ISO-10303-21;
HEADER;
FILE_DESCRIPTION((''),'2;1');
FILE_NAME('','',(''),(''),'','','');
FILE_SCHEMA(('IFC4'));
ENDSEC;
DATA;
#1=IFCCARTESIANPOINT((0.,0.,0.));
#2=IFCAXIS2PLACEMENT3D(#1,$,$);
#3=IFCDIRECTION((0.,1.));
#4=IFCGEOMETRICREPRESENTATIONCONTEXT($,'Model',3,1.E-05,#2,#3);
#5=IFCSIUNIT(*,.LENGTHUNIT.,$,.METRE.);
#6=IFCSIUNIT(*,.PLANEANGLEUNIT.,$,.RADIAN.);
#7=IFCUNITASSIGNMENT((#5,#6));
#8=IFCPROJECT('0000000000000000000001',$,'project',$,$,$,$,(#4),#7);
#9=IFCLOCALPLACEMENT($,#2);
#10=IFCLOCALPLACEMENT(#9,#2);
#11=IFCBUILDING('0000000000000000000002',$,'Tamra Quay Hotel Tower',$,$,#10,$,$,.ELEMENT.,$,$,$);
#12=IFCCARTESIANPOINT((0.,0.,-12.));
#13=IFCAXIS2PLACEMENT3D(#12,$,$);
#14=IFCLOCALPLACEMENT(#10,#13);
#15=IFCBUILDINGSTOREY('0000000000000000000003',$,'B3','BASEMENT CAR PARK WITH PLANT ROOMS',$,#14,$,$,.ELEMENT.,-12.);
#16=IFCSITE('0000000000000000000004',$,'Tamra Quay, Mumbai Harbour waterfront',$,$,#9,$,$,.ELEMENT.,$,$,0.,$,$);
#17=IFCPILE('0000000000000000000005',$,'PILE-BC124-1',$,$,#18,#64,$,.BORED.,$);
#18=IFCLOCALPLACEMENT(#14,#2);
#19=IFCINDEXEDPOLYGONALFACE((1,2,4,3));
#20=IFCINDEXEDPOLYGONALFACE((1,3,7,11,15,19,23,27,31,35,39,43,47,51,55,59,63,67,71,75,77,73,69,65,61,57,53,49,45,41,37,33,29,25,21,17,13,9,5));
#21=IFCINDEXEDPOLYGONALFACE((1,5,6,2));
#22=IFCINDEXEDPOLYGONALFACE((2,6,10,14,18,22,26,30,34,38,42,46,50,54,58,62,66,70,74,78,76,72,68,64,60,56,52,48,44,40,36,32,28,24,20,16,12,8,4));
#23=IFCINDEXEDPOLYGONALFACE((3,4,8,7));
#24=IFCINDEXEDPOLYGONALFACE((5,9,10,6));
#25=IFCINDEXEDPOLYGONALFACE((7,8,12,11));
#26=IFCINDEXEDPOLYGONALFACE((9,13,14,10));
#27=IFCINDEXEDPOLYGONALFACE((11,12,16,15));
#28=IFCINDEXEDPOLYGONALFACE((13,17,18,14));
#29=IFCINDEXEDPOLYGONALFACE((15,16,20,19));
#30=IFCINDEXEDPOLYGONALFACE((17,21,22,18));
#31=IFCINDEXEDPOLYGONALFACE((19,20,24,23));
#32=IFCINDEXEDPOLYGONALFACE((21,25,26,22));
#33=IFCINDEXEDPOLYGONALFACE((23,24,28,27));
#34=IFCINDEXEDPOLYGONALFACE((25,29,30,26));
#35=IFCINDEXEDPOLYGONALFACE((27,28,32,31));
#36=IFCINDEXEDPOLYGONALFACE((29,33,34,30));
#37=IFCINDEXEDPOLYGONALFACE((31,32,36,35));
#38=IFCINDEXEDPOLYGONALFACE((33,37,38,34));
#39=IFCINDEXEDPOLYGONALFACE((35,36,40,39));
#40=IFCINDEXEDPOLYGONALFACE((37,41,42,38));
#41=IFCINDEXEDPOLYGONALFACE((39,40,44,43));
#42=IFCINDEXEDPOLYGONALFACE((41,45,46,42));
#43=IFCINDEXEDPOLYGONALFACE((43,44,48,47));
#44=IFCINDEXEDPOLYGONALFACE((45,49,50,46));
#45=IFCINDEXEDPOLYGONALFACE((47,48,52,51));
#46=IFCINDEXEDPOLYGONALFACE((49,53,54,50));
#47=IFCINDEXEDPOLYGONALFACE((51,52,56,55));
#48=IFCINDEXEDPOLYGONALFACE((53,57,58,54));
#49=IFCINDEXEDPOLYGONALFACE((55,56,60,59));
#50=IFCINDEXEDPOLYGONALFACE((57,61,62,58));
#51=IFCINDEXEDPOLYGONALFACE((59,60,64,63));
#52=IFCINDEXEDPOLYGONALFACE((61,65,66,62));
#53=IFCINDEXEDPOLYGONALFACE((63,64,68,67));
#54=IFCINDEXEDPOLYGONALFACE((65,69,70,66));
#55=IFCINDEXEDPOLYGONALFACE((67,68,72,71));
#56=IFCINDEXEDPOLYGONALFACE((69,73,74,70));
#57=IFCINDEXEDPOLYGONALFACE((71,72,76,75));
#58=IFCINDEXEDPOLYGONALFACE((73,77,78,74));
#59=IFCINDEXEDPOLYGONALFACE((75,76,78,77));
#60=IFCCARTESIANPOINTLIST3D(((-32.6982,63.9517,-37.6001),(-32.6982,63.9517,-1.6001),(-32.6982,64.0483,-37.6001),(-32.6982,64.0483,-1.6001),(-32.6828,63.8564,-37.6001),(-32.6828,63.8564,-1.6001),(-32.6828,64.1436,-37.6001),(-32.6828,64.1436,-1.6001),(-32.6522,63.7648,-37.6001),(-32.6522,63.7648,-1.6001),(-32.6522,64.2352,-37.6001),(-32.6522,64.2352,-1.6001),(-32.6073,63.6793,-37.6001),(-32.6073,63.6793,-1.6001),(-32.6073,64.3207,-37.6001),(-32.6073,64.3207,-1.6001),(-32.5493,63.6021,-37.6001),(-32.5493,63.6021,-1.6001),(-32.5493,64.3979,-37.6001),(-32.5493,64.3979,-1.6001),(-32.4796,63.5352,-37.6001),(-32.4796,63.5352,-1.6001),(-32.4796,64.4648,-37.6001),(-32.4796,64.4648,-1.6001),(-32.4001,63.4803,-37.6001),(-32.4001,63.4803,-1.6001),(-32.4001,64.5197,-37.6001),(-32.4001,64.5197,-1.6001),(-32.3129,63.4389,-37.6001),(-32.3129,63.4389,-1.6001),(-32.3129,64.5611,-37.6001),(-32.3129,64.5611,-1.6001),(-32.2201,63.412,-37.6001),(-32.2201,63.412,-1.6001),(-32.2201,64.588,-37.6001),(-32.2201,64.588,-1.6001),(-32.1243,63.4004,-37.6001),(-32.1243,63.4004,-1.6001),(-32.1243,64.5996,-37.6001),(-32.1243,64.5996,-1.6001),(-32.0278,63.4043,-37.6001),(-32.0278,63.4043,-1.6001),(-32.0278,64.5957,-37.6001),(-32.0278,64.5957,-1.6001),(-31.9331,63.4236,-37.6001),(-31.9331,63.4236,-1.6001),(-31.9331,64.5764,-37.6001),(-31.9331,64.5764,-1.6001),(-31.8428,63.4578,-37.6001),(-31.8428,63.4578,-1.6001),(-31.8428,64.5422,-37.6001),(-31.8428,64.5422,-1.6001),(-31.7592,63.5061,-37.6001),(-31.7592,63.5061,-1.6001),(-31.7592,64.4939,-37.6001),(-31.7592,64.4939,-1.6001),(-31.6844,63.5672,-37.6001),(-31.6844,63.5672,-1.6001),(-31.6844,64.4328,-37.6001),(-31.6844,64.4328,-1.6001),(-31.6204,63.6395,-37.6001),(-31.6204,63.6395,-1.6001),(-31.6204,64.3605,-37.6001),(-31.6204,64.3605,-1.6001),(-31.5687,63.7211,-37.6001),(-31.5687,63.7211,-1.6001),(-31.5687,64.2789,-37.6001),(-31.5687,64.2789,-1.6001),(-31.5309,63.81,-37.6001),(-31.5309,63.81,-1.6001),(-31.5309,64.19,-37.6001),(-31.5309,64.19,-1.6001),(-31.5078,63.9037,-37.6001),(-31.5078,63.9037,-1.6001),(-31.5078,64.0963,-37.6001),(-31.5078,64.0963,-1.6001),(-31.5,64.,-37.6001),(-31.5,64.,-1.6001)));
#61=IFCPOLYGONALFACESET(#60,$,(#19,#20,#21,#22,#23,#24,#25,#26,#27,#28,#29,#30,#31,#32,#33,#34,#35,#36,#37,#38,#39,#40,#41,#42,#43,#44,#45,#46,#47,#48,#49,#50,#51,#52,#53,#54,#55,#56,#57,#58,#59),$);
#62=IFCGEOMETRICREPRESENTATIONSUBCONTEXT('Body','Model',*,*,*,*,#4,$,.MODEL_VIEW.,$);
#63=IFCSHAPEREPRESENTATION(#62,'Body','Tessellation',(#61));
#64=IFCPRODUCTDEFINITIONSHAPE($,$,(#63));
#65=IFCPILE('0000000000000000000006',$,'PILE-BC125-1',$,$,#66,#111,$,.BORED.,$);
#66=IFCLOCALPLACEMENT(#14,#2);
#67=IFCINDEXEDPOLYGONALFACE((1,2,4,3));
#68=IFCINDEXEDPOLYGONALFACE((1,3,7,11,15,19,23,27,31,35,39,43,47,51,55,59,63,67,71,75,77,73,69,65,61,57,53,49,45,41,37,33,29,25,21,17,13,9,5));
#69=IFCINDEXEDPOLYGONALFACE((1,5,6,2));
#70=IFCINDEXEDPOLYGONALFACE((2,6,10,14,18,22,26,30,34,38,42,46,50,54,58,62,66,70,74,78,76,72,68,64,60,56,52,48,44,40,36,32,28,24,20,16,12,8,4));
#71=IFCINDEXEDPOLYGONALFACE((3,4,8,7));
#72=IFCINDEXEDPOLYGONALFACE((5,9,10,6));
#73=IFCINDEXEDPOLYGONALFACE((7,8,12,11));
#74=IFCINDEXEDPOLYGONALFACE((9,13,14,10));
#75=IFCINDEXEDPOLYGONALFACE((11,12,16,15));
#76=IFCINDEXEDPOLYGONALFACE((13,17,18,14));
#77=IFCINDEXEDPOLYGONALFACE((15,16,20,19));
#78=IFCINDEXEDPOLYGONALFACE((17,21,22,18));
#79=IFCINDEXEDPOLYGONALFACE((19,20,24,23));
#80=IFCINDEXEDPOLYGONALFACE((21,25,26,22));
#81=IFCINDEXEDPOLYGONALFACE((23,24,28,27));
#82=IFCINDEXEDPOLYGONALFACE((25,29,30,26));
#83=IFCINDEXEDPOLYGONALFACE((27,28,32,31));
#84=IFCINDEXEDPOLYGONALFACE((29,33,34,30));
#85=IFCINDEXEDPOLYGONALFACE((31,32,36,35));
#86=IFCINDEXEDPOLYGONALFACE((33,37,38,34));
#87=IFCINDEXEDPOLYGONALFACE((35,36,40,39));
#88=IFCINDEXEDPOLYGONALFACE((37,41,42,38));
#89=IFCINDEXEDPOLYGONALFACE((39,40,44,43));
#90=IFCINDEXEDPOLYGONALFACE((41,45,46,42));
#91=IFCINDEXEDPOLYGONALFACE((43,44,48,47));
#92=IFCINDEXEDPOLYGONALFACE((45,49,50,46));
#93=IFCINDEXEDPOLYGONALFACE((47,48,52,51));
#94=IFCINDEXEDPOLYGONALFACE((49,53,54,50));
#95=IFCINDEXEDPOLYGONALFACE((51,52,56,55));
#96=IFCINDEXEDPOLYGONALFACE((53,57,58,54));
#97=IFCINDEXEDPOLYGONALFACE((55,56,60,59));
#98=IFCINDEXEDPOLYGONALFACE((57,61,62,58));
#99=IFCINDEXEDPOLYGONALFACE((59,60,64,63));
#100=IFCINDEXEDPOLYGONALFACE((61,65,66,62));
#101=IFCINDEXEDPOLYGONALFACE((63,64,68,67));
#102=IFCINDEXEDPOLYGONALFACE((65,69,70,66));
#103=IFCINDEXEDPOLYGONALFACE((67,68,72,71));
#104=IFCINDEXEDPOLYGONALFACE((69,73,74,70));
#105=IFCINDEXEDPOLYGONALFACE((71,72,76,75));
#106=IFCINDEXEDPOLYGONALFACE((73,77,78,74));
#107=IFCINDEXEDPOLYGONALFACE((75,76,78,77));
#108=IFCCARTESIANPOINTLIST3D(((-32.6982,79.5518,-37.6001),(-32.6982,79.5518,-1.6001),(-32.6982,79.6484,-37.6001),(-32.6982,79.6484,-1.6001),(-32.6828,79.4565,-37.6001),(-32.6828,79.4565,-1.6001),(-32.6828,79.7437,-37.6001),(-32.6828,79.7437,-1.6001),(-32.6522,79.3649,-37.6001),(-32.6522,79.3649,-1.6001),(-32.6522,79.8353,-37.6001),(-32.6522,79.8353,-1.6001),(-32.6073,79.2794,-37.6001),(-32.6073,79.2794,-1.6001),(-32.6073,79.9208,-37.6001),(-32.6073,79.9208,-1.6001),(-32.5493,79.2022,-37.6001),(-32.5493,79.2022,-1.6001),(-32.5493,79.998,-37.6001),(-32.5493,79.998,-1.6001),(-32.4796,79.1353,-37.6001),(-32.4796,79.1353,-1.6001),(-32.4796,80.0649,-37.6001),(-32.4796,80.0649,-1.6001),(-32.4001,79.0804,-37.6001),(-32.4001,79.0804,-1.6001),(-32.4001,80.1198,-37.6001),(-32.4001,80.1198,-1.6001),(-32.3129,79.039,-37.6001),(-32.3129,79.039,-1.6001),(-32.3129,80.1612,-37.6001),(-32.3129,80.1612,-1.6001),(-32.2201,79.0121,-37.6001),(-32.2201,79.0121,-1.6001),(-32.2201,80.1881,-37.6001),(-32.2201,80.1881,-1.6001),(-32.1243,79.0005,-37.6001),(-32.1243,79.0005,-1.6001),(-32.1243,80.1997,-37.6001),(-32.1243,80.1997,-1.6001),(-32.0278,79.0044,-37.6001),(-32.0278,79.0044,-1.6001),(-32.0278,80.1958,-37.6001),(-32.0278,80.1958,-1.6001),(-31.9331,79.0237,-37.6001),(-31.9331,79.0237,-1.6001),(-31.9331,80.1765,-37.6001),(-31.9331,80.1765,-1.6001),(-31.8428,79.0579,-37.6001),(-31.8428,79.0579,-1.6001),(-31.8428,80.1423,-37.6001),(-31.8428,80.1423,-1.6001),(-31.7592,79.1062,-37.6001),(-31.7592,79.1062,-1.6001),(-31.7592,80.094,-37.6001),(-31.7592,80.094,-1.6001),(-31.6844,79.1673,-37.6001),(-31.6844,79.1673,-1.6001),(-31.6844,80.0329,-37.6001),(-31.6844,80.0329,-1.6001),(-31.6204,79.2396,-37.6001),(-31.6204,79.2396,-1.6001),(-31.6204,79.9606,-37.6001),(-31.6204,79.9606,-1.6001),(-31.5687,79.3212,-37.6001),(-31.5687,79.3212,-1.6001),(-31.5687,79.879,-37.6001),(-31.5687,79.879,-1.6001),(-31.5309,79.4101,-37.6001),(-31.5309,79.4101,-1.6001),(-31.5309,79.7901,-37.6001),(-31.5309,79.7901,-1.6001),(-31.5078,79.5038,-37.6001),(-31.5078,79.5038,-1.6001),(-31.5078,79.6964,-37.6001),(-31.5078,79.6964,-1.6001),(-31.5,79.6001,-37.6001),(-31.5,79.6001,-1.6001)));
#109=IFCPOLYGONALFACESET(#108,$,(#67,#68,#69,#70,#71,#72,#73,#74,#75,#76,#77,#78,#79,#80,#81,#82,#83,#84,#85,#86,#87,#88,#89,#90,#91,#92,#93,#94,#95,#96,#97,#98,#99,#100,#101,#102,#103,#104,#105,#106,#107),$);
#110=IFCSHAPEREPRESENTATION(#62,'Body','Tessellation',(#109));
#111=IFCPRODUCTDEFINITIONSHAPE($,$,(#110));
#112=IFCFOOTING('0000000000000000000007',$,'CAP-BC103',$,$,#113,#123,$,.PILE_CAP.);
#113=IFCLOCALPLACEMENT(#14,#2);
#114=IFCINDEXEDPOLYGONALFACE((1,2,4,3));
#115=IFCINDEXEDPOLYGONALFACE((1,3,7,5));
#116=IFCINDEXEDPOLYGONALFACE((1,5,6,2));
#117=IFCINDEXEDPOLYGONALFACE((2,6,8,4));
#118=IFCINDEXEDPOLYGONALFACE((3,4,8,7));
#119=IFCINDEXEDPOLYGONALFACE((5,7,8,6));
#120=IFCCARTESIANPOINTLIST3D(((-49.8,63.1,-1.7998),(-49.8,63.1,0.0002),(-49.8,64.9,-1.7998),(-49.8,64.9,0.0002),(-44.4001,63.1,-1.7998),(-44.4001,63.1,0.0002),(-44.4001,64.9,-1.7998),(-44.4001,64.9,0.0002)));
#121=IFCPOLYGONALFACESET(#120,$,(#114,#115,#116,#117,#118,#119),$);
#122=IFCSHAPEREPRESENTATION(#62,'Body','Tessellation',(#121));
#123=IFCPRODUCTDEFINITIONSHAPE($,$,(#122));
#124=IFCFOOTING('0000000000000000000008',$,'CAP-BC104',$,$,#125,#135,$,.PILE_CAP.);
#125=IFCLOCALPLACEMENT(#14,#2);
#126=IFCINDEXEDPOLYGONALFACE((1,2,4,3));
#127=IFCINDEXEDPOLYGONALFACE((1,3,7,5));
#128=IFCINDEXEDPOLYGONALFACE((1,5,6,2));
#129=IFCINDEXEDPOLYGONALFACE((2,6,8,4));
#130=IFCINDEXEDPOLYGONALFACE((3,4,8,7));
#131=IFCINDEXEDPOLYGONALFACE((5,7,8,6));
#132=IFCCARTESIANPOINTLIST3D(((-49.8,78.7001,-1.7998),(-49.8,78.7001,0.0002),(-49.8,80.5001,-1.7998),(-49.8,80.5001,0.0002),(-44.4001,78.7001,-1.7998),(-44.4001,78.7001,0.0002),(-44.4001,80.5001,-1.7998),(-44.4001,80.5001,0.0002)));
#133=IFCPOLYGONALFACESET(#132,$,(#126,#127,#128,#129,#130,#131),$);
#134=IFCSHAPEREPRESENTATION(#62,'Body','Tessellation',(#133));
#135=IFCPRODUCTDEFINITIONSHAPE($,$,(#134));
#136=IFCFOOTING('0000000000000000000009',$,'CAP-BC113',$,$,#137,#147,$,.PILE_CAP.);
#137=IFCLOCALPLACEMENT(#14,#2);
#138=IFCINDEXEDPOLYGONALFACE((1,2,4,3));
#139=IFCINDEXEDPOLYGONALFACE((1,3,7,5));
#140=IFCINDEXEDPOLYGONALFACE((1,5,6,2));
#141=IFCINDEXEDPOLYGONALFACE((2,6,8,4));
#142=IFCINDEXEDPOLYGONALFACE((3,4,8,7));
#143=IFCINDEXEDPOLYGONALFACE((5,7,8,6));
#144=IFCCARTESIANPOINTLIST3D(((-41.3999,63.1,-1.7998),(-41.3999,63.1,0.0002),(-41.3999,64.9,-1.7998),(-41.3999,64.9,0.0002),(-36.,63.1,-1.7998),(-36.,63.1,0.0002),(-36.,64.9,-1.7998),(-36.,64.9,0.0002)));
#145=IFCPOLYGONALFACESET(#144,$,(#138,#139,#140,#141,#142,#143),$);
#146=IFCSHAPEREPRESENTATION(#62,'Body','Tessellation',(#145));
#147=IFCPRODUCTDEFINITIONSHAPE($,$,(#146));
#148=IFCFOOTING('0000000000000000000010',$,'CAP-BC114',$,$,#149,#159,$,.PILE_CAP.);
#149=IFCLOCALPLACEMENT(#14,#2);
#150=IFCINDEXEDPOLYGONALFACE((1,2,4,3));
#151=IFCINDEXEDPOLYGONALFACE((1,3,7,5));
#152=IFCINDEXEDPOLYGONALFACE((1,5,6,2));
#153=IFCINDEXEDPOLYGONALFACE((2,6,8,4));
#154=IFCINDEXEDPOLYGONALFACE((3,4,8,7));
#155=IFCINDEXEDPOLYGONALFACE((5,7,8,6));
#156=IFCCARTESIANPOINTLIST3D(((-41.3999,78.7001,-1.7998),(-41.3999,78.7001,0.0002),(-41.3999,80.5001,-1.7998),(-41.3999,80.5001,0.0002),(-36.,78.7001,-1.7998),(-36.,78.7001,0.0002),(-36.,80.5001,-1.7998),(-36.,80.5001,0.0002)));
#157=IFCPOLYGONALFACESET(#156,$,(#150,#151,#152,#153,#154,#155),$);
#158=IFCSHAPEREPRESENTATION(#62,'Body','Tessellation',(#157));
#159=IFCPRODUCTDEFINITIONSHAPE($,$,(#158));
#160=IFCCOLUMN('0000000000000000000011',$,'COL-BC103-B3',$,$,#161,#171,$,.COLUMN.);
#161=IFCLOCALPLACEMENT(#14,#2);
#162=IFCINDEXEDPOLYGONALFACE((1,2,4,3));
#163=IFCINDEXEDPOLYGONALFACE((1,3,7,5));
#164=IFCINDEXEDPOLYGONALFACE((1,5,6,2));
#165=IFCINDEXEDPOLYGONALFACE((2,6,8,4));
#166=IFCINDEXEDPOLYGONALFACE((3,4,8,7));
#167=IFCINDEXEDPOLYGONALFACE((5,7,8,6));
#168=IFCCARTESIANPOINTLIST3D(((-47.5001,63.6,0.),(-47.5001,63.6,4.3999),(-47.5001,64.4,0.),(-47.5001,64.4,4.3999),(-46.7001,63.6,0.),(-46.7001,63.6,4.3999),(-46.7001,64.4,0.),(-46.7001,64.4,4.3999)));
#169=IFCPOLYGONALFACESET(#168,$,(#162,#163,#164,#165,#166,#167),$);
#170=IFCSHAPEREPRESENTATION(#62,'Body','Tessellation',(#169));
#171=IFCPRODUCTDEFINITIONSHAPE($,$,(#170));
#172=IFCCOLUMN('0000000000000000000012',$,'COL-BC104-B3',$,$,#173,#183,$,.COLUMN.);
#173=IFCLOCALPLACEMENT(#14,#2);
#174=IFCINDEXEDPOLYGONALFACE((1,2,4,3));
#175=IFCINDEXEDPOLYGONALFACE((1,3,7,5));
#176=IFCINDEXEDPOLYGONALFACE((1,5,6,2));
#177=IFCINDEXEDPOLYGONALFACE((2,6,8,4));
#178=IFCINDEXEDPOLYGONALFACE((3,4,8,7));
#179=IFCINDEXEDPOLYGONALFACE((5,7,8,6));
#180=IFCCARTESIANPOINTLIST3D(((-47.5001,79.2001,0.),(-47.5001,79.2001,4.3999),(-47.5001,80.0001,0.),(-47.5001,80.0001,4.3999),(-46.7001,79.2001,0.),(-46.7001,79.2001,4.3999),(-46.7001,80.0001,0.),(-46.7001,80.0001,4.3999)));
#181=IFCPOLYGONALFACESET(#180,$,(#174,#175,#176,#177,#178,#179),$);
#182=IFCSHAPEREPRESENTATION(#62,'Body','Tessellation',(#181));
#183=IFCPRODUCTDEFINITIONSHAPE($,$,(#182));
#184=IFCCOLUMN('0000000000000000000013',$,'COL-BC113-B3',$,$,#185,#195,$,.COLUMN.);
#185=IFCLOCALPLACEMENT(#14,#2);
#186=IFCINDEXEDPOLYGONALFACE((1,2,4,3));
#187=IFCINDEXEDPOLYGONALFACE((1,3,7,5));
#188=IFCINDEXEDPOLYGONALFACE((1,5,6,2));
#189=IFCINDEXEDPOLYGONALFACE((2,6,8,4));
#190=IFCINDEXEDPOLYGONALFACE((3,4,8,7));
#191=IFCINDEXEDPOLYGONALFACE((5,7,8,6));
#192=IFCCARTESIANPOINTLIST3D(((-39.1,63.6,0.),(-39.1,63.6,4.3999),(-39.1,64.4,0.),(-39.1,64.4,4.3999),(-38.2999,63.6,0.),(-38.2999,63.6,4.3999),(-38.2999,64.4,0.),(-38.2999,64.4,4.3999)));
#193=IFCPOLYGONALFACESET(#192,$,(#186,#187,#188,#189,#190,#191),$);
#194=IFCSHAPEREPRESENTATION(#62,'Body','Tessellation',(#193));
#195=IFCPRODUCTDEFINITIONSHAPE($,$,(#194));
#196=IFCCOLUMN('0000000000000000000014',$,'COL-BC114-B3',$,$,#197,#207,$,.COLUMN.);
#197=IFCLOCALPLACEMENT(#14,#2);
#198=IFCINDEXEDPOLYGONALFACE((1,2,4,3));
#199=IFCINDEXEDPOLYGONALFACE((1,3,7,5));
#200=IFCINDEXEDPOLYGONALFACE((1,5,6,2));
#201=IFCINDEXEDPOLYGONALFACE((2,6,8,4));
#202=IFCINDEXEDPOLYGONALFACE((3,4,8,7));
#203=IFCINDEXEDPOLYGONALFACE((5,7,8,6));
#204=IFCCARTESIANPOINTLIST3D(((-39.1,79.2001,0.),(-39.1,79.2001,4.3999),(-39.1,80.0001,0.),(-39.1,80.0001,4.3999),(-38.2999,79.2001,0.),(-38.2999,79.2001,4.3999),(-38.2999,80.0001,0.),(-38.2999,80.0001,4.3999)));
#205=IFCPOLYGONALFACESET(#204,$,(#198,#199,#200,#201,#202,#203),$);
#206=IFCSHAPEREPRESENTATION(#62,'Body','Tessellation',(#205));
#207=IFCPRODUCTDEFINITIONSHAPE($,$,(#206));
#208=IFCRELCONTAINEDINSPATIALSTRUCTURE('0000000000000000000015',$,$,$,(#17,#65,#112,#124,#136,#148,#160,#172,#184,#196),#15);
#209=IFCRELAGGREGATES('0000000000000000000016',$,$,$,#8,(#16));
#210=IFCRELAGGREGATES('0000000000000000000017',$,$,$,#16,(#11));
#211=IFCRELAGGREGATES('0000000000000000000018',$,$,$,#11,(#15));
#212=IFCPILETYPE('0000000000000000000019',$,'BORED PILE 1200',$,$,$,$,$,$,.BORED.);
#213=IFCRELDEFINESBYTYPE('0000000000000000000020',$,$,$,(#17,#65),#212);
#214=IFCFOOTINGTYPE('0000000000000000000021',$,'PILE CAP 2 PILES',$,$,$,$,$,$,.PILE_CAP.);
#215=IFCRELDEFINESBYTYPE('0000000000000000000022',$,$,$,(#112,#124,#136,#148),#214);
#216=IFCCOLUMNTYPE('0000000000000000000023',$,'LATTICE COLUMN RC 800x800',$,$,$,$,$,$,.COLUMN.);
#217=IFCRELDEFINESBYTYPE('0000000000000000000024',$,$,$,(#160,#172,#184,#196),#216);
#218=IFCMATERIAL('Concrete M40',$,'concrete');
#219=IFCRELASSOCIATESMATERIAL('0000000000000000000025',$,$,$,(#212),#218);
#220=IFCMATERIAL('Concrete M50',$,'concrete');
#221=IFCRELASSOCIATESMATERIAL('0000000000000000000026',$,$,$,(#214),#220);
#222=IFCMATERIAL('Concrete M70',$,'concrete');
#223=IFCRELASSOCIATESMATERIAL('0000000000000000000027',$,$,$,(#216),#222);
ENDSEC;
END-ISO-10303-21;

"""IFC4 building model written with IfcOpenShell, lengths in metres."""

from ifc_helpers import new_model, si_unit, direction, frame, origin, origin_2d, place, context, subcontext, project, spatial, rectangle, circle, extrude, material, material_profile, profile_set, type_object, element, save


model = new_model("IFC4")

# Units and contexts
model_context = context("Model", 3, precision=1e-05, world=origin(), true_north=direction((0.0, 1.0)))
body_context = subcontext(model_context, "Body", "Model", "MODEL_VIEW")
ifc_project = project(units=[si_unit("LENGTHUNIT", "METRE"), si_unit("PLANEANGLEUNIT", "RADIAN")], contexts=[model_context])

# Site, building, storey
site_placement = place(None, origin())
site = spatial("IfcSite", under=ifc_project, at=site_placement, Name="Tamra Quay, Mumbai Harbour waterfront", CompositionType="ELEMENT", RefElevation=0.0)
building_placement = place(site_placement, origin())
building = spatial("IfcBuilding", under=site, at=building_placement, Name="Tamra Quay Hotel Tower", CompositionType="ELEMENT")
storey_placement = place(building_placement, frame((0.0, 0.0, -12.0)))
storey = spatial("IfcBuildingStorey", under=building, at=storey_placement, Name="B3", Description="BASEMENT CAR PARK WITH PLANT ROOMS", CompositionType="ELEMENT", Elevation=-12.0)

# Piles
ifc_material_1 = material(Name="Concrete M40", Category="concrete")
ifc_material_profile_1 = material_profile(ifc_material_1, circle(Radius=0.6001, at=origin_2d()), Name="BORED PILE 1200")
ifc_profile_set_1 = profile_set([ifc_material_profile_1], Name="Concrete M40")
pile_type = type_object("IfcPileType", Name="BORED PILE 1200", PredefinedType="BORED", material=ifc_profile_set_1)
for number, where, z_axis, x_axis, name in (
    (1, (-32.1001, 64.0, -1.6001), (0.0, 0.0, -1.0), (1.0, 0.0, 0.0), "PILE-BC124-1"),
    (2, (-32.1001, 79.6001, -1.6001), (0.0, 0.0, -1.0), (1.0, 0.0, 0.0), "PILE-BC125-1"),
):
    element("IfcPile", number, at=place(storey_placement, frame(where, z_axis=z_axis, x_axis=x_axis)), inside=storey, type_object=pile_type, Name=name, PredefinedType="BORED", context=body_context, shape_type="SweptSolid", body=[
        extrude(circle(Radius=0.6001, at=origin_2d()), origin(), (0.0, 0.0, 1.0), 36.0),
    ])

# Footings
ifc_material_2 = material(Name="Concrete M50", Category="concrete")
footing_type = type_object("IfcFootingType", Name="PILE CAP 2 PILES", PredefinedType="PILE_CAP", material=ifc_material_2)
for number, where, z_axis, x_axis, name in (
    (3, (-47.1001, 64.0, -1.7998), (0.0, 0.0, 1.0), (1.0, 0.0, 0.0), "CAP-BC103"),
    (4, (-47.1001, 79.6001, -1.7998), (0.0, 0.0, 1.0), (1.0, 0.0, 0.0), "CAP-BC104"),
    (5, (-38.7, 64.0, -1.7998), (0.0, 0.0, 1.0), (1.0, 0.0, 0.0), "CAP-BC113"),
    (6, (-38.7, 79.6001, -1.7998), (0.0, 0.0, 1.0), (1.0, 0.0, 0.0), "CAP-BC114"),
):
    element("IfcFooting", number, at=place(storey_placement, frame(where, z_axis=z_axis, x_axis=x_axis)), inside=storey, type_object=footing_type, Name=name, PredefinedType="PILE_CAP", context=body_context, shape_type="SweptSolid", body=[
        extrude(rectangle(XDim=5.3999, YDim=1.8, at=origin_2d()), origin(), (0.0, 0.0, 1.0), 1.8),
    ])

# Columns
ifc_material_3 = material(Name="Concrete M70", Category="concrete")
ifc_material_profile_2 = material_profile(ifc_material_3, rectangle(XDim=0.8, YDim=0.8, at=origin_2d()), Name="LATTICE COLUMN RC 800x800")
ifc_profile_set_2 = profile_set([ifc_material_profile_2], Name="Concrete M70")
column_type = type_object("IfcColumnType", Name="LATTICE COLUMN RC 800x800", PredefinedType="COLUMN", material=ifc_profile_set_2)
for number, where, z_axis, x_axis, name in (
    (7, (-47.1001, 64.0, 0.0), (0.0, 0.0, 1.0), (1.0, 0.0, 0.0), "COL-BC103-B3"),
    (8, (-47.1001, 79.6001, 0.0), (0.0, 0.0, 1.0), (1.0, 0.0, 0.0), "COL-BC104-B3"),
    (9, (-38.7, 64.0, 0.0), (0.0, 0.0, 1.0), (1.0, 0.0, 0.0), "COL-BC113-B3"),
    (10, (-38.7, 79.6001, 0.0), (0.0, 0.0, 1.0), (1.0, 0.0, 0.0), "COL-BC114-B3"),
):
    element("IfcColumn", number, at=place(storey_placement, frame(where, z_axis=z_axis, x_axis=x_axis)), inside=storey, type_object=column_type, Name=name, PredefinedType="COLUMN", context=body_context, shape_type="SweptSolid", body=[
        extrude(rectangle(XDim=0.8, YDim=0.8, at=origin_2d()), origin(), (0.0, 0.0, 1.0), 4.3999),
    ])

save(model, "model.ifc")
